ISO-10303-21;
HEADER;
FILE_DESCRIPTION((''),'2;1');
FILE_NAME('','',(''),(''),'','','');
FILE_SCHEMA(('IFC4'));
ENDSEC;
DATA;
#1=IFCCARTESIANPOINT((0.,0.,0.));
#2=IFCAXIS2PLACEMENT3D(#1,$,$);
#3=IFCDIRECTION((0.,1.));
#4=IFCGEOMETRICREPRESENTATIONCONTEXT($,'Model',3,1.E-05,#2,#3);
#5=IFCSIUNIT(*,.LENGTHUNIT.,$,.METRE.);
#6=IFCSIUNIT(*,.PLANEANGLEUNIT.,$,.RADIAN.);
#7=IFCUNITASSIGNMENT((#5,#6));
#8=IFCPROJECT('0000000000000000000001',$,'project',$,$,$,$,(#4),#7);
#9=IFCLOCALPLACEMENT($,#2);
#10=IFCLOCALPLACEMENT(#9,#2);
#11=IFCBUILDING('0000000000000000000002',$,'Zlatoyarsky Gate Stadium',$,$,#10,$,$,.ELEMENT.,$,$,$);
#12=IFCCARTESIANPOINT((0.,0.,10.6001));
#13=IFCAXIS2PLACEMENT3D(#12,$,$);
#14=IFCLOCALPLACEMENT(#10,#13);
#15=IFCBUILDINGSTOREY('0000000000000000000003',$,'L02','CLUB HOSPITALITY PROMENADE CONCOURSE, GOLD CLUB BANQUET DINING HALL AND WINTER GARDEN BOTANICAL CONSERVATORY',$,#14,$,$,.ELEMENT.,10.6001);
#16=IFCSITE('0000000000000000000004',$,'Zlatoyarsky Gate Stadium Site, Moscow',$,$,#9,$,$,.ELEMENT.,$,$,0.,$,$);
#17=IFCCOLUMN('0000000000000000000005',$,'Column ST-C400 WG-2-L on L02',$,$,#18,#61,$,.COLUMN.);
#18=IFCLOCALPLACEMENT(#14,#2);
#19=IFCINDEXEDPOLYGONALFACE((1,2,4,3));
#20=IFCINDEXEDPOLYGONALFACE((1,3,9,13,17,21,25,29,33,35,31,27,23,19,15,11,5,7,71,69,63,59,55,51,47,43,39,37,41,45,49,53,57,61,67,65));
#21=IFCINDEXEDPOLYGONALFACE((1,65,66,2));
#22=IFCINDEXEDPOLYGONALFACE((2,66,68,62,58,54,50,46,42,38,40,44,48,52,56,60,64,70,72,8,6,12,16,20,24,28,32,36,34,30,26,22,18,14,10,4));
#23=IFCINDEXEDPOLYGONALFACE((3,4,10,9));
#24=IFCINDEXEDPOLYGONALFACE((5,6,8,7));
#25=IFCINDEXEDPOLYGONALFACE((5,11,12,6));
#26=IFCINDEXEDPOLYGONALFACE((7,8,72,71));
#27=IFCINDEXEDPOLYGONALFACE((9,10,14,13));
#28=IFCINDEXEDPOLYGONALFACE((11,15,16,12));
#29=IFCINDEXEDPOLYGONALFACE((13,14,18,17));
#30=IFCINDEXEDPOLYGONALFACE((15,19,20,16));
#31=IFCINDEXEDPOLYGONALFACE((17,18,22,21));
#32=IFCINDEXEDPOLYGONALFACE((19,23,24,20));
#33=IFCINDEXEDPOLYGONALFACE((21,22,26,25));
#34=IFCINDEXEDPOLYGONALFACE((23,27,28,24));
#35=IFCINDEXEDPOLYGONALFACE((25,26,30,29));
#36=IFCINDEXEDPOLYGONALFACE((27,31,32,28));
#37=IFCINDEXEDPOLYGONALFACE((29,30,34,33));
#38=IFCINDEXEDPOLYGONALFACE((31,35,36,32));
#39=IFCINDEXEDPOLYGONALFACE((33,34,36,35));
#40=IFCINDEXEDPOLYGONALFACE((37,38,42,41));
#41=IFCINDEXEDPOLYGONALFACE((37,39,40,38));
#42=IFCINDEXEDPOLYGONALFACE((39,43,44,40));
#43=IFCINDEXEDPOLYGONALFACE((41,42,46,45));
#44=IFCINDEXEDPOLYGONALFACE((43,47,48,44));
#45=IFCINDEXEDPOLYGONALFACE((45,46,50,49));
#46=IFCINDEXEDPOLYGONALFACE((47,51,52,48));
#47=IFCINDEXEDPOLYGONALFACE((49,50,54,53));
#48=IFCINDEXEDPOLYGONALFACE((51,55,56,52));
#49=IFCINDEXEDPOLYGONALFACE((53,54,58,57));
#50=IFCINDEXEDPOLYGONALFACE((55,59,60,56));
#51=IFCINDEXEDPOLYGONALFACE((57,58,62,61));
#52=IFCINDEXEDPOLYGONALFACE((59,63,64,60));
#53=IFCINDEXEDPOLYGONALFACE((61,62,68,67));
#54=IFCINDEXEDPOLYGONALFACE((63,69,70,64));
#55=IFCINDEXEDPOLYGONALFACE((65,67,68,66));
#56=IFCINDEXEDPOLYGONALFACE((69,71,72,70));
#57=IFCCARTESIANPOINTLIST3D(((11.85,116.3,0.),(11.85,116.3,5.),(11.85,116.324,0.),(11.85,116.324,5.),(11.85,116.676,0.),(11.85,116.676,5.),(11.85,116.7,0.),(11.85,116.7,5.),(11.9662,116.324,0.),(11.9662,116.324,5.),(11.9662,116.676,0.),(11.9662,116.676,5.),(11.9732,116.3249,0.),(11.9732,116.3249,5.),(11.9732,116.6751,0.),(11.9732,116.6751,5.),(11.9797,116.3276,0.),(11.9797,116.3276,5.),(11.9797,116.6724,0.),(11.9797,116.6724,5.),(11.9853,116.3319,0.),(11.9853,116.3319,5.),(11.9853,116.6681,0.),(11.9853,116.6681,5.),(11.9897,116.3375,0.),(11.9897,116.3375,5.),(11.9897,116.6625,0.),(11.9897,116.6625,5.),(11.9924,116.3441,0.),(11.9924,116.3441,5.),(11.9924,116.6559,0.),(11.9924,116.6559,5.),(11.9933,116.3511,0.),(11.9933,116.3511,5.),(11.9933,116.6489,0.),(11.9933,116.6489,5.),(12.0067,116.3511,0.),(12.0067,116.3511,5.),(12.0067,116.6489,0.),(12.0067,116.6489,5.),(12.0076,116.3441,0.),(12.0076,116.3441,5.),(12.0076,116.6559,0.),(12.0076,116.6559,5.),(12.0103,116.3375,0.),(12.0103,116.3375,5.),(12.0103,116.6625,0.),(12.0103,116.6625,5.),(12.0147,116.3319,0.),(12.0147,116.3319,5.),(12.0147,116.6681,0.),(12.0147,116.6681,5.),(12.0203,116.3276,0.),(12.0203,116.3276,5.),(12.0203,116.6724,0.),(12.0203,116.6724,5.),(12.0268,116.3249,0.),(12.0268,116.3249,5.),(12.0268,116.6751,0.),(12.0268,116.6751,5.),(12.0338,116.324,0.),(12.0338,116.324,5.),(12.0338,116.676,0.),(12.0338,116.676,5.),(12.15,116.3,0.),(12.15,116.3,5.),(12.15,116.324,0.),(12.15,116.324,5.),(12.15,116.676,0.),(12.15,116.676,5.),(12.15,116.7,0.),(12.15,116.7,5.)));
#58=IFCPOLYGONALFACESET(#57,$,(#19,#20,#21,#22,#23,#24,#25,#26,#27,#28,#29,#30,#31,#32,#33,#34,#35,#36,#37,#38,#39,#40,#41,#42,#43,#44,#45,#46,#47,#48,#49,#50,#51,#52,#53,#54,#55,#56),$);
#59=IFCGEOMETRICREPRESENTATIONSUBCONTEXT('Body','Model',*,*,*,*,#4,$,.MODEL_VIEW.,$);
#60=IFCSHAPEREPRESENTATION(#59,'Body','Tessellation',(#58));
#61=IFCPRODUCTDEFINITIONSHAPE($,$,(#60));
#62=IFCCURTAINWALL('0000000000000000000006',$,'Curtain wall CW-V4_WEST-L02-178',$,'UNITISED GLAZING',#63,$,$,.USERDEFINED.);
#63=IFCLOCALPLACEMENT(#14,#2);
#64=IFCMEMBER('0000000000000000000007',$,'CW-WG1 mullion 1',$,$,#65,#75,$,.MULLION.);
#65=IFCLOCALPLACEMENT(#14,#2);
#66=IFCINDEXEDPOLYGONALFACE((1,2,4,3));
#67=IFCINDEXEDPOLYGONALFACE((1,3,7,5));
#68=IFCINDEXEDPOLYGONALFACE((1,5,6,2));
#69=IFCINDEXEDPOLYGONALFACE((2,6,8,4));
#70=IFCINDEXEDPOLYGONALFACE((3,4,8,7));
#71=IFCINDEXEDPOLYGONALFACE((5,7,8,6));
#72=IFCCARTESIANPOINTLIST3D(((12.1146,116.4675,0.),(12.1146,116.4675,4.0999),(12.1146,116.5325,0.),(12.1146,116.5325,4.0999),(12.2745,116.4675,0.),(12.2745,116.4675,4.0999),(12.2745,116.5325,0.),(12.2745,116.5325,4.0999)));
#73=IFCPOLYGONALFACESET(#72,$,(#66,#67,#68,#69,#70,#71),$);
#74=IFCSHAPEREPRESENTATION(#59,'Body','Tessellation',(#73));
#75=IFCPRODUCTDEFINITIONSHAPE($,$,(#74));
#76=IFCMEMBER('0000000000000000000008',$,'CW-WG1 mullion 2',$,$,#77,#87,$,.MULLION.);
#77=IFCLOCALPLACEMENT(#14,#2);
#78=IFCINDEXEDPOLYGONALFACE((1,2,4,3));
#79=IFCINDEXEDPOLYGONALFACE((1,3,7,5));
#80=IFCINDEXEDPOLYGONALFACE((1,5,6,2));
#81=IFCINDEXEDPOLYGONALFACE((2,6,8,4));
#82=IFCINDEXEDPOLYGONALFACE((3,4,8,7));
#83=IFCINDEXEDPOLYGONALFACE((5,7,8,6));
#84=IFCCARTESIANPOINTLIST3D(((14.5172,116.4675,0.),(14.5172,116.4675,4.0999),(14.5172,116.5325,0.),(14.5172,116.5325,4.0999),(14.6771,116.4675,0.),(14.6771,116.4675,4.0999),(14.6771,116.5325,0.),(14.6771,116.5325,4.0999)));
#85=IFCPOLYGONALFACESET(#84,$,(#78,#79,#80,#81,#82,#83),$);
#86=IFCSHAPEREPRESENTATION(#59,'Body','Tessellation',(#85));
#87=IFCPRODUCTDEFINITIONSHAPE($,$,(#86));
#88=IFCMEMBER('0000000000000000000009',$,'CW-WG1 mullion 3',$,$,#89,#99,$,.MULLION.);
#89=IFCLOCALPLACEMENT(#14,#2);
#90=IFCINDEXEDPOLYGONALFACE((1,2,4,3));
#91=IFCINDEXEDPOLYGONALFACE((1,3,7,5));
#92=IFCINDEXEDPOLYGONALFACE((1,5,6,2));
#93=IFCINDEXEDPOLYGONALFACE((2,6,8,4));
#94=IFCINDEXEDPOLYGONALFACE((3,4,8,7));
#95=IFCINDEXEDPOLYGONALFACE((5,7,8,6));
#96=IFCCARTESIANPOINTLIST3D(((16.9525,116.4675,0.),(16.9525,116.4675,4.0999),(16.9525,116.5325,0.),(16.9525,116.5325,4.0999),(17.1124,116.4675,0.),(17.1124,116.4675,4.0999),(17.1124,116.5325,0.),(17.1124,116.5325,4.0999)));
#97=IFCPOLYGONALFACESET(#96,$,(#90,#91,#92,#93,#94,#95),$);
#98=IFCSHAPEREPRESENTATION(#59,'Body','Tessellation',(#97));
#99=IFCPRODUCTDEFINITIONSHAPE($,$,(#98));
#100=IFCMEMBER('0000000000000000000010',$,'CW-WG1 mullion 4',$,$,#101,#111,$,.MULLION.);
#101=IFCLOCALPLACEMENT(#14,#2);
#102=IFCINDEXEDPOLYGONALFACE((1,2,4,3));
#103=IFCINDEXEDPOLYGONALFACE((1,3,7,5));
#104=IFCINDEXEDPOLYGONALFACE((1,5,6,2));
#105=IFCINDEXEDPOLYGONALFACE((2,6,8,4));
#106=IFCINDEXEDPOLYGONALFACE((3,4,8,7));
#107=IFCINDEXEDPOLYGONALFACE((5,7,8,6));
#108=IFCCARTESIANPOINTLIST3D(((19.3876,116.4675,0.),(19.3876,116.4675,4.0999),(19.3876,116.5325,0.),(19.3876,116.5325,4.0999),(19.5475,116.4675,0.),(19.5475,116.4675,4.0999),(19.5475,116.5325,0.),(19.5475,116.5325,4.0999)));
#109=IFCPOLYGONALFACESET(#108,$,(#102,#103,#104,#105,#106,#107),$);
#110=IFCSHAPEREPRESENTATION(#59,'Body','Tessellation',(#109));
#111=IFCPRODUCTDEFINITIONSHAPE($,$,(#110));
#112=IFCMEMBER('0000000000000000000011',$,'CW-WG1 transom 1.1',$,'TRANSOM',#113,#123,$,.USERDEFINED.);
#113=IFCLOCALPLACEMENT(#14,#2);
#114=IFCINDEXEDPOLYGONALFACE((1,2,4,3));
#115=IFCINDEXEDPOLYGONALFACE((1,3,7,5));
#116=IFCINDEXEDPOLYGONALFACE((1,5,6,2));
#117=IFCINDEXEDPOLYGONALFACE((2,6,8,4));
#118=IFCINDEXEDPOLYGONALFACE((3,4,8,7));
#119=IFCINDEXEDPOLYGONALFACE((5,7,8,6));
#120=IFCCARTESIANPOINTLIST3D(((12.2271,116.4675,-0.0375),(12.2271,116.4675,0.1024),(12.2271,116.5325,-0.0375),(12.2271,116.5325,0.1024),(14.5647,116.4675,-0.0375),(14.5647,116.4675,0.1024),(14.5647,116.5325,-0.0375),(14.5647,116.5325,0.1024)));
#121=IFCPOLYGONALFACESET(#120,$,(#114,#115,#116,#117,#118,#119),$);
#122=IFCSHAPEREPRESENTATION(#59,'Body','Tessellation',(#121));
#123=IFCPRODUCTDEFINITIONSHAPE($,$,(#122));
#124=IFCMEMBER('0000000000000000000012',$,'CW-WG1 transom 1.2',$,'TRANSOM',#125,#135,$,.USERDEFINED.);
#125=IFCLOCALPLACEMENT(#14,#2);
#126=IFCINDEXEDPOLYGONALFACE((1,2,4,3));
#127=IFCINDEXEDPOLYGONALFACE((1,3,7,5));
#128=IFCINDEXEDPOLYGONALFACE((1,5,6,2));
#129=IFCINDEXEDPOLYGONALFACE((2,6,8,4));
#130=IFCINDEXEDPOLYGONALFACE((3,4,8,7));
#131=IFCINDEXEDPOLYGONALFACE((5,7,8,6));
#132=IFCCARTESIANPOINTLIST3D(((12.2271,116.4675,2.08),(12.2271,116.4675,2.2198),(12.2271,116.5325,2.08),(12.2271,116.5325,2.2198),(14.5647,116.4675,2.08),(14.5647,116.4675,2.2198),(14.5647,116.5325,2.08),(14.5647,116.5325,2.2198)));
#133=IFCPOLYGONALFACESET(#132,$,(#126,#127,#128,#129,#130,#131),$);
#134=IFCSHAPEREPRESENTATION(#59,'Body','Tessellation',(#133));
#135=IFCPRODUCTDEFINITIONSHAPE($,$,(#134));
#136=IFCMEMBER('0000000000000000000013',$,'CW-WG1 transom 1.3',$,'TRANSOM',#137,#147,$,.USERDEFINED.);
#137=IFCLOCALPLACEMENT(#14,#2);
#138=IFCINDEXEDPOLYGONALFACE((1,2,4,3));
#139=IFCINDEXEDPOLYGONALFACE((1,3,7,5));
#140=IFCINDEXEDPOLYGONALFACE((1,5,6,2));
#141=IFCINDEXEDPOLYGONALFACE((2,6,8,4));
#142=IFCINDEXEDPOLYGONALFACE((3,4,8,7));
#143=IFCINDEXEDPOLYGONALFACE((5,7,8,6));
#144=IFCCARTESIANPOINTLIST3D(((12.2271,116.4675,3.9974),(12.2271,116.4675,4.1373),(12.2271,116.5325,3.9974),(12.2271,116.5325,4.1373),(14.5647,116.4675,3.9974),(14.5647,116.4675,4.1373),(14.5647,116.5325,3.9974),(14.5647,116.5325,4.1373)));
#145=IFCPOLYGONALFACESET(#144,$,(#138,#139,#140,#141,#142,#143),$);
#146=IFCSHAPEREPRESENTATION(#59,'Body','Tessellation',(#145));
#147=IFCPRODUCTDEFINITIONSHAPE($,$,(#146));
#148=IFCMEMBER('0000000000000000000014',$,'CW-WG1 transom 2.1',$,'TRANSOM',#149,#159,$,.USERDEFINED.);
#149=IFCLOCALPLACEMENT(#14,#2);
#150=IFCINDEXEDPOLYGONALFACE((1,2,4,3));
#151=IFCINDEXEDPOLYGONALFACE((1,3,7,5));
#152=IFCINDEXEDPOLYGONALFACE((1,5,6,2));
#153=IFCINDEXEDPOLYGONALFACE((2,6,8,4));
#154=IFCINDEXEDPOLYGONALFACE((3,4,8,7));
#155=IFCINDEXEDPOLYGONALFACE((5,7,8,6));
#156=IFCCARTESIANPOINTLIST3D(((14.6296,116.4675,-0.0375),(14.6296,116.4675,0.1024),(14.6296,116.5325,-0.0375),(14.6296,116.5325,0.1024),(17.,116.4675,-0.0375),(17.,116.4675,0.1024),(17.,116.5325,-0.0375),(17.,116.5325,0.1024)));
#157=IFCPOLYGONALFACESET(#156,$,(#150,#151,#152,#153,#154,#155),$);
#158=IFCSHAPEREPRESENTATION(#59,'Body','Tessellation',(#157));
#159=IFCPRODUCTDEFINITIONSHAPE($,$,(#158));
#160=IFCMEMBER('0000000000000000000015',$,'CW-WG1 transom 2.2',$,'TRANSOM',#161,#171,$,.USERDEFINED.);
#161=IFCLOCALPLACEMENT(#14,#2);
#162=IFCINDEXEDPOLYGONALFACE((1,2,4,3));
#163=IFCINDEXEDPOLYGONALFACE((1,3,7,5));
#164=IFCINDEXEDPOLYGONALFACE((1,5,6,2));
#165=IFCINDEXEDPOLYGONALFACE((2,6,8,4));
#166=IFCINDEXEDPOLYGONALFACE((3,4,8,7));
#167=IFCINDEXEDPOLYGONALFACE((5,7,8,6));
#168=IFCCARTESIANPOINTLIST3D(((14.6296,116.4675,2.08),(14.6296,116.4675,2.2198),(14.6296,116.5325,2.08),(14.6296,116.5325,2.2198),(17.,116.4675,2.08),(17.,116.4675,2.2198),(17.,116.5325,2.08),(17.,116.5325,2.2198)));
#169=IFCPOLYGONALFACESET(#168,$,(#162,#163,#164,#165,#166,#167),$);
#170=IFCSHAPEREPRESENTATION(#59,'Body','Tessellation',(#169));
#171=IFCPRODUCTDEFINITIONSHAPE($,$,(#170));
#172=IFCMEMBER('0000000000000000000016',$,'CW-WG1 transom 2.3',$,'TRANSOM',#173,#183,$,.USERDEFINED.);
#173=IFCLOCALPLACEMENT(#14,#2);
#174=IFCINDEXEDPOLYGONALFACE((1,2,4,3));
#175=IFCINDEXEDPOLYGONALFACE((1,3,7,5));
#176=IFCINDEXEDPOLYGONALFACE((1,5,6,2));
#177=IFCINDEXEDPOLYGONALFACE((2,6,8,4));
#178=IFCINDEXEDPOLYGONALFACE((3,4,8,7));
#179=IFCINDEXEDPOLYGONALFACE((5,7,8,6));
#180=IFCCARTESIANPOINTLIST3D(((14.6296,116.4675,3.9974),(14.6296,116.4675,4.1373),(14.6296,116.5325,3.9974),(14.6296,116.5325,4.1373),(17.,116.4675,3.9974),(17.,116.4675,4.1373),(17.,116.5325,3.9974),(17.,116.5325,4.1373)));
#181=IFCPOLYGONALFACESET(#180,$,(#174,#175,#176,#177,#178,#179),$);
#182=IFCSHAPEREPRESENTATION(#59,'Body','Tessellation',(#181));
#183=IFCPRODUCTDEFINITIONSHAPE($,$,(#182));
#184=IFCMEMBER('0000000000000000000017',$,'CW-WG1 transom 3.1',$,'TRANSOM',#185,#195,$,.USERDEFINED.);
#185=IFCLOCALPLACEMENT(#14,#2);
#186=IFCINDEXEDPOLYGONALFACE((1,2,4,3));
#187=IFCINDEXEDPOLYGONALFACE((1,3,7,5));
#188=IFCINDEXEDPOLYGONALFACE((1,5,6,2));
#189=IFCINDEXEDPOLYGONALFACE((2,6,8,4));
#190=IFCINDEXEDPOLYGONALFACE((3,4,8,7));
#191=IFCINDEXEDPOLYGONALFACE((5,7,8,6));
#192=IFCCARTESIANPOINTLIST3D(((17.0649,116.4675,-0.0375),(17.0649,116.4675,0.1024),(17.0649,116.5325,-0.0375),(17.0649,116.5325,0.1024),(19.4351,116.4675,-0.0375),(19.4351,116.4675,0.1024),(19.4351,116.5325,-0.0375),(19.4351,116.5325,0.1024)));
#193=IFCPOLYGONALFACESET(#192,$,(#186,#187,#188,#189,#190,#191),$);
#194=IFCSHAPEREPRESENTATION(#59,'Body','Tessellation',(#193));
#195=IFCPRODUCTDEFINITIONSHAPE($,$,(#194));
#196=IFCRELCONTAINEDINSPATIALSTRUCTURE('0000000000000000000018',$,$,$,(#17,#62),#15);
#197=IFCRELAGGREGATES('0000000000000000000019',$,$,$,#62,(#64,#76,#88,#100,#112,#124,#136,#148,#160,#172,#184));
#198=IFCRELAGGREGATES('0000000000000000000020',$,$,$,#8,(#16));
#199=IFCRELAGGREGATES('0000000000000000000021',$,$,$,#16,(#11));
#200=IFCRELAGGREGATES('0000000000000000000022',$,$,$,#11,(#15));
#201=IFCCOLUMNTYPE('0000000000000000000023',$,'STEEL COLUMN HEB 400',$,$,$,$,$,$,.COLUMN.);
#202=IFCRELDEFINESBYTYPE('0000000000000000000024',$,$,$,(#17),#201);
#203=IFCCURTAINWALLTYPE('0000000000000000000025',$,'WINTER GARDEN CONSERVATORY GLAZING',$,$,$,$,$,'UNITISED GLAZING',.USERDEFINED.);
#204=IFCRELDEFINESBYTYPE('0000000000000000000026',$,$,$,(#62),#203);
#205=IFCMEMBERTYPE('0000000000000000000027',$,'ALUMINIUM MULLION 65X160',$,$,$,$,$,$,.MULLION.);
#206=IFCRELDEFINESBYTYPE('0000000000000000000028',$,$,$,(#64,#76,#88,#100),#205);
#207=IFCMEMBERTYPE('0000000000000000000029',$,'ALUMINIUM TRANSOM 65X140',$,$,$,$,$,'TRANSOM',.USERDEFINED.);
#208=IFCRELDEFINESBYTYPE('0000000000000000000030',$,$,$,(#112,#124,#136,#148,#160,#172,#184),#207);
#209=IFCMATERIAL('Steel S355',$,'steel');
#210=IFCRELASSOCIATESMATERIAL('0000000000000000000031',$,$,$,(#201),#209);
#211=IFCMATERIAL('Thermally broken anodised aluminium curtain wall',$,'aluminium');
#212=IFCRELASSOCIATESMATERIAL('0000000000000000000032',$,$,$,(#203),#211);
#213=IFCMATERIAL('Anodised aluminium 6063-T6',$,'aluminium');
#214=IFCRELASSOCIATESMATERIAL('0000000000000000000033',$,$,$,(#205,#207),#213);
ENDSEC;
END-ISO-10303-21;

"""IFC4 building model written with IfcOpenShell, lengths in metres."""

from ifc_helpers import new_model, si_unit, direction, frame, origin, origin_2d, place, context, subcontext, project, spatial, rectangle, i_section, extrude, material, material_profile, profile_set, type_object, element, aggregate, save


model = new_model("IFC4")

# Units and contexts
model_context = context("Model", 3, precision=1e-05, world=origin(), true_north=direction((0.0, 1.0)))
body_context = subcontext(model_context, "Body", "Model", "MODEL_VIEW")
ifc_project = project(units=[si_unit("LENGTHUNIT", "METRE"), si_unit("PLANEANGLEUNIT", "RADIAN")], contexts=[model_context])

# Site, building, storey
site_placement = place(None, origin())
site = spatial("IfcSite", under=ifc_project, at=site_placement, Name="Zlatoyarsky Gate Stadium Site, Moscow", CompositionType="ELEMENT", RefElevation=0.0)
building_placement = place(site_placement, origin())
building = spatial("IfcBuilding", under=site, at=building_placement, Name="Zlatoyarsky Gate Stadium", CompositionType="ELEMENT")
storey_placement = place(building_placement, frame((0.0, 0.0, 10.6001)))
storey = spatial("IfcBuildingStorey", under=building, at=storey_placement, Name="L02", Description="CLUB HOSPITALITY PROMENADE CONCOURSE, GOLD CLUB BANQUET DINING HALL AND WINTER GARDEN BOTANICAL CONSERVATORY", CompositionType="ELEMENT", Elevation=10.6001)

# Column
ifc_material_1 = material(Name="Steel S355", Category="steel")
ifc_material_profile_1 = material_profile(ifc_material_1, i_section(OverallWidth=0.3, OverallDepth=0.3999, WebThickness=0.0134, FlangeThickness=0.0239, FilletRadius=0.0271, at=origin_2d()), Name="HEB 400")
ifc_profile_set_1 = profile_set([ifc_material_profile_1], Name="Steel S355")
column_type = type_object("IfcColumnType", Name="STEEL COLUMN HEB 400", PredefinedType="COLUMN", material=ifc_profile_set_1)
column_placement = place(storey_placement, frame((12.0, 116.5, 0.0), z_axis=(0.0, 0.0, 1.0), x_axis=(1.0, 0.0, 0.0)))
element("IfcColumn", 1, at=column_placement, inside=storey, type_object=column_type, Name="Column ST-C400 WG-2-L on L02", PredefinedType="COLUMN", context=body_context, shape_type="SweptSolid", body=[
    extrude(i_section(OverallWidth=0.3, OverallDepth=0.3999, WebThickness=0.0134, FlangeThickness=0.0239, FilletRadius=0.0271, at=origin_2d()), origin(), (0.0, 0.0, 1.0), 5.0),
])

# Curtain wall, members
ifc_material_2 = material(Name="Thermally broken anodised aluminium curtain wall", Category="aluminium")
curtain_wall_type = type_object("IfcCurtainWallType", Name="WINTER GARDEN CONSERVATORY GLAZING", ElementType="UNITISED GLAZING", PredefinedType="USERDEFINED", material=ifc_material_2)
curtain_wall_placement = place(storey_placement, origin())
curtain_wall = element("IfcCurtainWall", 2, at=curtain_wall_placement, inside=storey, type_object=curtain_wall_type, Name="Curtain wall CW-V4_WEST-L02-178", ObjectType="UNITISED GLAZING", PredefinedType="USERDEFINED")
ifc_material_3 = material(Name="Anodised aluminium 6063-T6", Category="aluminium")
ifc_material_profile_2 = material_profile(ifc_material_3, rectangle(XDim=0.0649, YDim=0.1599, at=origin_2d()), Name="ALU 65X160")
ifc_profile_set_2 = profile_set([ifc_material_profile_2], Name="Anodised aluminium 6063-T6")
member_type_1 = type_object("IfcMemberType", Name="ALUMINIUM MULLION 65X160", PredefinedType="MULLION", material=ifc_profile_set_2)
member_1_placement = place(storey_placement, frame((12.1946, 116.5, 0.0), z_axis=(0.0, 0.0, 1.0), x_axis=(0.0, 1.0, 0.0)))
member_1 = element("IfcMember", 3, at=member_1_placement, type_object=member_type_1, Name="CW-WG1 mullion 1", PredefinedType="MULLION", context=body_context, shape_type="SweptSolid", body=[
    extrude(rectangle(XDim=0.0649, YDim=0.1599, at=origin_2d()), origin(), (0.0, 0.0, 1.0), 4.0999),
])
member_2_placement = place(storey_placement, frame((14.5972, 116.5, 0.0), z_axis=(0.0, 0.0, 1.0), x_axis=(0.0, 1.0, 0.0)))
member_2 = element("IfcMember", 4, at=member_2_placement, type_object=member_type_1, Name="CW-WG1 mullion 2", PredefinedType="MULLION", context=body_context, shape_type="SweptSolid", body=[
    extrude(rectangle(XDim=0.0649, YDim=0.1599, at=origin_2d()), origin(), (0.0, 0.0, 1.0), 4.0999),
])
member_3_placement = place(storey_placement, frame((17.0325, 116.5, 0.0), z_axis=(0.0, 0.0, 1.0), x_axis=(0.0, 1.0, 0.0)))
member_3 = element("IfcMember", 5, at=member_3_placement, type_object=member_type_1, Name="CW-WG1 mullion 3", PredefinedType="MULLION", context=body_context, shape_type="SweptSolid", body=[
    extrude(rectangle(XDim=0.0649, YDim=0.1599, at=origin_2d()), origin(), (0.0, 0.0, 1.0), 4.0999),
])
member_4_placement = place(storey_placement, frame((19.4675, 116.5, 0.0), z_axis=(0.0, 0.0, 1.0), x_axis=(0.0, 1.0, 0.0)))
member_4 = element("IfcMember", 6, at=member_4_placement, type_object=member_type_1, Name="CW-WG1 mullion 4", PredefinedType="MULLION", context=body_context, shape_type="SweptSolid", body=[
    extrude(rectangle(XDim=0.0649, YDim=0.1599, at=origin_2d()), origin(), (0.0, 0.0, 1.0), 4.0999),
])
ifc_material_profile_3 = material_profile(ifc_material_3, rectangle(XDim=0.0649, YDim=0.1399, at=origin_2d()), Name="ALU 65X140")
ifc_profile_set_3 = profile_set([ifc_material_profile_3], Name="Anodised aluminium 6063-T6")
member_type_2 = type_object("IfcMemberType", Name="ALUMINIUM TRANSOM 65X140", ElementType="TRANSOM", PredefinedType="USERDEFINED", material=ifc_profile_set_3)
member_5_placement = place(storey_placement, frame((12.2271, 116.5, 0.0325), z_axis=(1.0, 0.0, 0.0), x_axis=(0.0, 1.0, 0.0)))
member_5 = element("IfcMember", 7, at=member_5_placement, type_object=member_type_2, Name="CW-WG1 transom 1.1", ObjectType="TRANSOM", PredefinedType="USERDEFINED", context=body_context, shape_type="SweptSolid", body=[
    extrude(rectangle(XDim=0.0649, YDim=0.1399, at=origin_2d()), origin(), (0.0, 0.0, 1.0), 2.3376),
])
member_6_placement = place(storey_placement, frame((12.2271, 116.5, 2.1499), z_axis=(1.0, 0.0, 0.0), x_axis=(0.0, 1.0, 0.0)))
member_6 = element("IfcMember", 8, at=member_6_placement, type_object=member_type_2, Name="CW-WG1 transom 1.2", ObjectType="TRANSOM", PredefinedType="USERDEFINED", context=body_context, shape_type="SweptSolid", body=[
    extrude(rectangle(XDim=0.0649, YDim=0.1399, at=origin_2d()), origin(), (0.0, 0.0, 1.0), 2.3376),
])
member_7_placement = place(storey_placement, frame((12.2271, 116.5, 4.0674), z_axis=(1.0, 0.0, 0.0), x_axis=(0.0, 1.0, 0.0)))
member_7 = element("IfcMember", 9, at=member_7_placement, type_object=member_type_2, Name="CW-WG1 transom 1.3", ObjectType="TRANSOM", PredefinedType="USERDEFINED", context=body_context, shape_type="SweptSolid", body=[
    extrude(rectangle(XDim=0.0649, YDim=0.1399, at=origin_2d()), origin(), (0.0, 0.0, 1.0), 2.3376),
])
member_8_placement = place(storey_placement, frame((14.6296, 116.5, 0.0325), z_axis=(1.0, 0.0, 0.0), x_axis=(0.0, 1.0, 0.0)))
member_8 = element("IfcMember", 10, at=member_8_placement, type_object=member_type_2, Name="CW-WG1 transom 2.1", ObjectType="TRANSOM", PredefinedType="USERDEFINED", context=body_context, shape_type="SweptSolid", body=[
    extrude(rectangle(XDim=0.0649, YDim=0.1399, at=origin_2d()), origin(), (0.0, 0.0, 1.0), 2.3704),
])
member_9_placement = place(storey_placement, frame((14.6296, 116.5, 2.1499), z_axis=(1.0, 0.0, 0.0), x_axis=(0.0, 1.0, 0.0)))
member_9 = element("IfcMember", 11, at=member_9_placement, type_object=member_type_2, Name="CW-WG1 transom 2.2", ObjectType="TRANSOM", PredefinedType="USERDEFINED", context=body_context, shape_type="SweptSolid", body=[
    extrude(rectangle(XDim=0.0649, YDim=0.1399, at=origin_2d()), origin(), (0.0, 0.0, 1.0), 2.3704),
])
member_10_placement = place(storey_placement, frame((14.6296, 116.5, 4.0674), z_axis=(1.0, 0.0, 0.0), x_axis=(0.0, 1.0, 0.0)))
member_10 = element("IfcMember", 12, at=member_10_placement, type_object=member_type_2, Name="CW-WG1 transom 2.3", ObjectType="TRANSOM", PredefinedType="USERDEFINED", context=body_context, shape_type="SweptSolid", body=[
    extrude(rectangle(XDim=0.0649, YDim=0.1399, at=origin_2d()), origin(), (0.0, 0.0, 1.0), 2.3704),
])
member_11_placement = place(storey_placement, frame((17.0649, 116.5, 0.0325), z_axis=(1.0, 0.0, 0.0), x_axis=(0.0, 1.0, 0.0)))
member_11 = element("IfcMember", 13, at=member_11_placement, type_object=member_type_2, Name="CW-WG1 transom 3.1", ObjectType="TRANSOM", PredefinedType="USERDEFINED", context=body_context, shape_type="SweptSolid", body=[
    extrude(rectangle(XDim=0.0649, YDim=0.1399, at=origin_2d()), origin(), (0.0, 0.0, 1.0), 2.3701),
])

aggregate(curtain_wall, [member_1, member_2, member_3, member_4, member_5, member_6, member_7, member_8, member_9, member_10, member_11])

save(model, "model.ifc")
